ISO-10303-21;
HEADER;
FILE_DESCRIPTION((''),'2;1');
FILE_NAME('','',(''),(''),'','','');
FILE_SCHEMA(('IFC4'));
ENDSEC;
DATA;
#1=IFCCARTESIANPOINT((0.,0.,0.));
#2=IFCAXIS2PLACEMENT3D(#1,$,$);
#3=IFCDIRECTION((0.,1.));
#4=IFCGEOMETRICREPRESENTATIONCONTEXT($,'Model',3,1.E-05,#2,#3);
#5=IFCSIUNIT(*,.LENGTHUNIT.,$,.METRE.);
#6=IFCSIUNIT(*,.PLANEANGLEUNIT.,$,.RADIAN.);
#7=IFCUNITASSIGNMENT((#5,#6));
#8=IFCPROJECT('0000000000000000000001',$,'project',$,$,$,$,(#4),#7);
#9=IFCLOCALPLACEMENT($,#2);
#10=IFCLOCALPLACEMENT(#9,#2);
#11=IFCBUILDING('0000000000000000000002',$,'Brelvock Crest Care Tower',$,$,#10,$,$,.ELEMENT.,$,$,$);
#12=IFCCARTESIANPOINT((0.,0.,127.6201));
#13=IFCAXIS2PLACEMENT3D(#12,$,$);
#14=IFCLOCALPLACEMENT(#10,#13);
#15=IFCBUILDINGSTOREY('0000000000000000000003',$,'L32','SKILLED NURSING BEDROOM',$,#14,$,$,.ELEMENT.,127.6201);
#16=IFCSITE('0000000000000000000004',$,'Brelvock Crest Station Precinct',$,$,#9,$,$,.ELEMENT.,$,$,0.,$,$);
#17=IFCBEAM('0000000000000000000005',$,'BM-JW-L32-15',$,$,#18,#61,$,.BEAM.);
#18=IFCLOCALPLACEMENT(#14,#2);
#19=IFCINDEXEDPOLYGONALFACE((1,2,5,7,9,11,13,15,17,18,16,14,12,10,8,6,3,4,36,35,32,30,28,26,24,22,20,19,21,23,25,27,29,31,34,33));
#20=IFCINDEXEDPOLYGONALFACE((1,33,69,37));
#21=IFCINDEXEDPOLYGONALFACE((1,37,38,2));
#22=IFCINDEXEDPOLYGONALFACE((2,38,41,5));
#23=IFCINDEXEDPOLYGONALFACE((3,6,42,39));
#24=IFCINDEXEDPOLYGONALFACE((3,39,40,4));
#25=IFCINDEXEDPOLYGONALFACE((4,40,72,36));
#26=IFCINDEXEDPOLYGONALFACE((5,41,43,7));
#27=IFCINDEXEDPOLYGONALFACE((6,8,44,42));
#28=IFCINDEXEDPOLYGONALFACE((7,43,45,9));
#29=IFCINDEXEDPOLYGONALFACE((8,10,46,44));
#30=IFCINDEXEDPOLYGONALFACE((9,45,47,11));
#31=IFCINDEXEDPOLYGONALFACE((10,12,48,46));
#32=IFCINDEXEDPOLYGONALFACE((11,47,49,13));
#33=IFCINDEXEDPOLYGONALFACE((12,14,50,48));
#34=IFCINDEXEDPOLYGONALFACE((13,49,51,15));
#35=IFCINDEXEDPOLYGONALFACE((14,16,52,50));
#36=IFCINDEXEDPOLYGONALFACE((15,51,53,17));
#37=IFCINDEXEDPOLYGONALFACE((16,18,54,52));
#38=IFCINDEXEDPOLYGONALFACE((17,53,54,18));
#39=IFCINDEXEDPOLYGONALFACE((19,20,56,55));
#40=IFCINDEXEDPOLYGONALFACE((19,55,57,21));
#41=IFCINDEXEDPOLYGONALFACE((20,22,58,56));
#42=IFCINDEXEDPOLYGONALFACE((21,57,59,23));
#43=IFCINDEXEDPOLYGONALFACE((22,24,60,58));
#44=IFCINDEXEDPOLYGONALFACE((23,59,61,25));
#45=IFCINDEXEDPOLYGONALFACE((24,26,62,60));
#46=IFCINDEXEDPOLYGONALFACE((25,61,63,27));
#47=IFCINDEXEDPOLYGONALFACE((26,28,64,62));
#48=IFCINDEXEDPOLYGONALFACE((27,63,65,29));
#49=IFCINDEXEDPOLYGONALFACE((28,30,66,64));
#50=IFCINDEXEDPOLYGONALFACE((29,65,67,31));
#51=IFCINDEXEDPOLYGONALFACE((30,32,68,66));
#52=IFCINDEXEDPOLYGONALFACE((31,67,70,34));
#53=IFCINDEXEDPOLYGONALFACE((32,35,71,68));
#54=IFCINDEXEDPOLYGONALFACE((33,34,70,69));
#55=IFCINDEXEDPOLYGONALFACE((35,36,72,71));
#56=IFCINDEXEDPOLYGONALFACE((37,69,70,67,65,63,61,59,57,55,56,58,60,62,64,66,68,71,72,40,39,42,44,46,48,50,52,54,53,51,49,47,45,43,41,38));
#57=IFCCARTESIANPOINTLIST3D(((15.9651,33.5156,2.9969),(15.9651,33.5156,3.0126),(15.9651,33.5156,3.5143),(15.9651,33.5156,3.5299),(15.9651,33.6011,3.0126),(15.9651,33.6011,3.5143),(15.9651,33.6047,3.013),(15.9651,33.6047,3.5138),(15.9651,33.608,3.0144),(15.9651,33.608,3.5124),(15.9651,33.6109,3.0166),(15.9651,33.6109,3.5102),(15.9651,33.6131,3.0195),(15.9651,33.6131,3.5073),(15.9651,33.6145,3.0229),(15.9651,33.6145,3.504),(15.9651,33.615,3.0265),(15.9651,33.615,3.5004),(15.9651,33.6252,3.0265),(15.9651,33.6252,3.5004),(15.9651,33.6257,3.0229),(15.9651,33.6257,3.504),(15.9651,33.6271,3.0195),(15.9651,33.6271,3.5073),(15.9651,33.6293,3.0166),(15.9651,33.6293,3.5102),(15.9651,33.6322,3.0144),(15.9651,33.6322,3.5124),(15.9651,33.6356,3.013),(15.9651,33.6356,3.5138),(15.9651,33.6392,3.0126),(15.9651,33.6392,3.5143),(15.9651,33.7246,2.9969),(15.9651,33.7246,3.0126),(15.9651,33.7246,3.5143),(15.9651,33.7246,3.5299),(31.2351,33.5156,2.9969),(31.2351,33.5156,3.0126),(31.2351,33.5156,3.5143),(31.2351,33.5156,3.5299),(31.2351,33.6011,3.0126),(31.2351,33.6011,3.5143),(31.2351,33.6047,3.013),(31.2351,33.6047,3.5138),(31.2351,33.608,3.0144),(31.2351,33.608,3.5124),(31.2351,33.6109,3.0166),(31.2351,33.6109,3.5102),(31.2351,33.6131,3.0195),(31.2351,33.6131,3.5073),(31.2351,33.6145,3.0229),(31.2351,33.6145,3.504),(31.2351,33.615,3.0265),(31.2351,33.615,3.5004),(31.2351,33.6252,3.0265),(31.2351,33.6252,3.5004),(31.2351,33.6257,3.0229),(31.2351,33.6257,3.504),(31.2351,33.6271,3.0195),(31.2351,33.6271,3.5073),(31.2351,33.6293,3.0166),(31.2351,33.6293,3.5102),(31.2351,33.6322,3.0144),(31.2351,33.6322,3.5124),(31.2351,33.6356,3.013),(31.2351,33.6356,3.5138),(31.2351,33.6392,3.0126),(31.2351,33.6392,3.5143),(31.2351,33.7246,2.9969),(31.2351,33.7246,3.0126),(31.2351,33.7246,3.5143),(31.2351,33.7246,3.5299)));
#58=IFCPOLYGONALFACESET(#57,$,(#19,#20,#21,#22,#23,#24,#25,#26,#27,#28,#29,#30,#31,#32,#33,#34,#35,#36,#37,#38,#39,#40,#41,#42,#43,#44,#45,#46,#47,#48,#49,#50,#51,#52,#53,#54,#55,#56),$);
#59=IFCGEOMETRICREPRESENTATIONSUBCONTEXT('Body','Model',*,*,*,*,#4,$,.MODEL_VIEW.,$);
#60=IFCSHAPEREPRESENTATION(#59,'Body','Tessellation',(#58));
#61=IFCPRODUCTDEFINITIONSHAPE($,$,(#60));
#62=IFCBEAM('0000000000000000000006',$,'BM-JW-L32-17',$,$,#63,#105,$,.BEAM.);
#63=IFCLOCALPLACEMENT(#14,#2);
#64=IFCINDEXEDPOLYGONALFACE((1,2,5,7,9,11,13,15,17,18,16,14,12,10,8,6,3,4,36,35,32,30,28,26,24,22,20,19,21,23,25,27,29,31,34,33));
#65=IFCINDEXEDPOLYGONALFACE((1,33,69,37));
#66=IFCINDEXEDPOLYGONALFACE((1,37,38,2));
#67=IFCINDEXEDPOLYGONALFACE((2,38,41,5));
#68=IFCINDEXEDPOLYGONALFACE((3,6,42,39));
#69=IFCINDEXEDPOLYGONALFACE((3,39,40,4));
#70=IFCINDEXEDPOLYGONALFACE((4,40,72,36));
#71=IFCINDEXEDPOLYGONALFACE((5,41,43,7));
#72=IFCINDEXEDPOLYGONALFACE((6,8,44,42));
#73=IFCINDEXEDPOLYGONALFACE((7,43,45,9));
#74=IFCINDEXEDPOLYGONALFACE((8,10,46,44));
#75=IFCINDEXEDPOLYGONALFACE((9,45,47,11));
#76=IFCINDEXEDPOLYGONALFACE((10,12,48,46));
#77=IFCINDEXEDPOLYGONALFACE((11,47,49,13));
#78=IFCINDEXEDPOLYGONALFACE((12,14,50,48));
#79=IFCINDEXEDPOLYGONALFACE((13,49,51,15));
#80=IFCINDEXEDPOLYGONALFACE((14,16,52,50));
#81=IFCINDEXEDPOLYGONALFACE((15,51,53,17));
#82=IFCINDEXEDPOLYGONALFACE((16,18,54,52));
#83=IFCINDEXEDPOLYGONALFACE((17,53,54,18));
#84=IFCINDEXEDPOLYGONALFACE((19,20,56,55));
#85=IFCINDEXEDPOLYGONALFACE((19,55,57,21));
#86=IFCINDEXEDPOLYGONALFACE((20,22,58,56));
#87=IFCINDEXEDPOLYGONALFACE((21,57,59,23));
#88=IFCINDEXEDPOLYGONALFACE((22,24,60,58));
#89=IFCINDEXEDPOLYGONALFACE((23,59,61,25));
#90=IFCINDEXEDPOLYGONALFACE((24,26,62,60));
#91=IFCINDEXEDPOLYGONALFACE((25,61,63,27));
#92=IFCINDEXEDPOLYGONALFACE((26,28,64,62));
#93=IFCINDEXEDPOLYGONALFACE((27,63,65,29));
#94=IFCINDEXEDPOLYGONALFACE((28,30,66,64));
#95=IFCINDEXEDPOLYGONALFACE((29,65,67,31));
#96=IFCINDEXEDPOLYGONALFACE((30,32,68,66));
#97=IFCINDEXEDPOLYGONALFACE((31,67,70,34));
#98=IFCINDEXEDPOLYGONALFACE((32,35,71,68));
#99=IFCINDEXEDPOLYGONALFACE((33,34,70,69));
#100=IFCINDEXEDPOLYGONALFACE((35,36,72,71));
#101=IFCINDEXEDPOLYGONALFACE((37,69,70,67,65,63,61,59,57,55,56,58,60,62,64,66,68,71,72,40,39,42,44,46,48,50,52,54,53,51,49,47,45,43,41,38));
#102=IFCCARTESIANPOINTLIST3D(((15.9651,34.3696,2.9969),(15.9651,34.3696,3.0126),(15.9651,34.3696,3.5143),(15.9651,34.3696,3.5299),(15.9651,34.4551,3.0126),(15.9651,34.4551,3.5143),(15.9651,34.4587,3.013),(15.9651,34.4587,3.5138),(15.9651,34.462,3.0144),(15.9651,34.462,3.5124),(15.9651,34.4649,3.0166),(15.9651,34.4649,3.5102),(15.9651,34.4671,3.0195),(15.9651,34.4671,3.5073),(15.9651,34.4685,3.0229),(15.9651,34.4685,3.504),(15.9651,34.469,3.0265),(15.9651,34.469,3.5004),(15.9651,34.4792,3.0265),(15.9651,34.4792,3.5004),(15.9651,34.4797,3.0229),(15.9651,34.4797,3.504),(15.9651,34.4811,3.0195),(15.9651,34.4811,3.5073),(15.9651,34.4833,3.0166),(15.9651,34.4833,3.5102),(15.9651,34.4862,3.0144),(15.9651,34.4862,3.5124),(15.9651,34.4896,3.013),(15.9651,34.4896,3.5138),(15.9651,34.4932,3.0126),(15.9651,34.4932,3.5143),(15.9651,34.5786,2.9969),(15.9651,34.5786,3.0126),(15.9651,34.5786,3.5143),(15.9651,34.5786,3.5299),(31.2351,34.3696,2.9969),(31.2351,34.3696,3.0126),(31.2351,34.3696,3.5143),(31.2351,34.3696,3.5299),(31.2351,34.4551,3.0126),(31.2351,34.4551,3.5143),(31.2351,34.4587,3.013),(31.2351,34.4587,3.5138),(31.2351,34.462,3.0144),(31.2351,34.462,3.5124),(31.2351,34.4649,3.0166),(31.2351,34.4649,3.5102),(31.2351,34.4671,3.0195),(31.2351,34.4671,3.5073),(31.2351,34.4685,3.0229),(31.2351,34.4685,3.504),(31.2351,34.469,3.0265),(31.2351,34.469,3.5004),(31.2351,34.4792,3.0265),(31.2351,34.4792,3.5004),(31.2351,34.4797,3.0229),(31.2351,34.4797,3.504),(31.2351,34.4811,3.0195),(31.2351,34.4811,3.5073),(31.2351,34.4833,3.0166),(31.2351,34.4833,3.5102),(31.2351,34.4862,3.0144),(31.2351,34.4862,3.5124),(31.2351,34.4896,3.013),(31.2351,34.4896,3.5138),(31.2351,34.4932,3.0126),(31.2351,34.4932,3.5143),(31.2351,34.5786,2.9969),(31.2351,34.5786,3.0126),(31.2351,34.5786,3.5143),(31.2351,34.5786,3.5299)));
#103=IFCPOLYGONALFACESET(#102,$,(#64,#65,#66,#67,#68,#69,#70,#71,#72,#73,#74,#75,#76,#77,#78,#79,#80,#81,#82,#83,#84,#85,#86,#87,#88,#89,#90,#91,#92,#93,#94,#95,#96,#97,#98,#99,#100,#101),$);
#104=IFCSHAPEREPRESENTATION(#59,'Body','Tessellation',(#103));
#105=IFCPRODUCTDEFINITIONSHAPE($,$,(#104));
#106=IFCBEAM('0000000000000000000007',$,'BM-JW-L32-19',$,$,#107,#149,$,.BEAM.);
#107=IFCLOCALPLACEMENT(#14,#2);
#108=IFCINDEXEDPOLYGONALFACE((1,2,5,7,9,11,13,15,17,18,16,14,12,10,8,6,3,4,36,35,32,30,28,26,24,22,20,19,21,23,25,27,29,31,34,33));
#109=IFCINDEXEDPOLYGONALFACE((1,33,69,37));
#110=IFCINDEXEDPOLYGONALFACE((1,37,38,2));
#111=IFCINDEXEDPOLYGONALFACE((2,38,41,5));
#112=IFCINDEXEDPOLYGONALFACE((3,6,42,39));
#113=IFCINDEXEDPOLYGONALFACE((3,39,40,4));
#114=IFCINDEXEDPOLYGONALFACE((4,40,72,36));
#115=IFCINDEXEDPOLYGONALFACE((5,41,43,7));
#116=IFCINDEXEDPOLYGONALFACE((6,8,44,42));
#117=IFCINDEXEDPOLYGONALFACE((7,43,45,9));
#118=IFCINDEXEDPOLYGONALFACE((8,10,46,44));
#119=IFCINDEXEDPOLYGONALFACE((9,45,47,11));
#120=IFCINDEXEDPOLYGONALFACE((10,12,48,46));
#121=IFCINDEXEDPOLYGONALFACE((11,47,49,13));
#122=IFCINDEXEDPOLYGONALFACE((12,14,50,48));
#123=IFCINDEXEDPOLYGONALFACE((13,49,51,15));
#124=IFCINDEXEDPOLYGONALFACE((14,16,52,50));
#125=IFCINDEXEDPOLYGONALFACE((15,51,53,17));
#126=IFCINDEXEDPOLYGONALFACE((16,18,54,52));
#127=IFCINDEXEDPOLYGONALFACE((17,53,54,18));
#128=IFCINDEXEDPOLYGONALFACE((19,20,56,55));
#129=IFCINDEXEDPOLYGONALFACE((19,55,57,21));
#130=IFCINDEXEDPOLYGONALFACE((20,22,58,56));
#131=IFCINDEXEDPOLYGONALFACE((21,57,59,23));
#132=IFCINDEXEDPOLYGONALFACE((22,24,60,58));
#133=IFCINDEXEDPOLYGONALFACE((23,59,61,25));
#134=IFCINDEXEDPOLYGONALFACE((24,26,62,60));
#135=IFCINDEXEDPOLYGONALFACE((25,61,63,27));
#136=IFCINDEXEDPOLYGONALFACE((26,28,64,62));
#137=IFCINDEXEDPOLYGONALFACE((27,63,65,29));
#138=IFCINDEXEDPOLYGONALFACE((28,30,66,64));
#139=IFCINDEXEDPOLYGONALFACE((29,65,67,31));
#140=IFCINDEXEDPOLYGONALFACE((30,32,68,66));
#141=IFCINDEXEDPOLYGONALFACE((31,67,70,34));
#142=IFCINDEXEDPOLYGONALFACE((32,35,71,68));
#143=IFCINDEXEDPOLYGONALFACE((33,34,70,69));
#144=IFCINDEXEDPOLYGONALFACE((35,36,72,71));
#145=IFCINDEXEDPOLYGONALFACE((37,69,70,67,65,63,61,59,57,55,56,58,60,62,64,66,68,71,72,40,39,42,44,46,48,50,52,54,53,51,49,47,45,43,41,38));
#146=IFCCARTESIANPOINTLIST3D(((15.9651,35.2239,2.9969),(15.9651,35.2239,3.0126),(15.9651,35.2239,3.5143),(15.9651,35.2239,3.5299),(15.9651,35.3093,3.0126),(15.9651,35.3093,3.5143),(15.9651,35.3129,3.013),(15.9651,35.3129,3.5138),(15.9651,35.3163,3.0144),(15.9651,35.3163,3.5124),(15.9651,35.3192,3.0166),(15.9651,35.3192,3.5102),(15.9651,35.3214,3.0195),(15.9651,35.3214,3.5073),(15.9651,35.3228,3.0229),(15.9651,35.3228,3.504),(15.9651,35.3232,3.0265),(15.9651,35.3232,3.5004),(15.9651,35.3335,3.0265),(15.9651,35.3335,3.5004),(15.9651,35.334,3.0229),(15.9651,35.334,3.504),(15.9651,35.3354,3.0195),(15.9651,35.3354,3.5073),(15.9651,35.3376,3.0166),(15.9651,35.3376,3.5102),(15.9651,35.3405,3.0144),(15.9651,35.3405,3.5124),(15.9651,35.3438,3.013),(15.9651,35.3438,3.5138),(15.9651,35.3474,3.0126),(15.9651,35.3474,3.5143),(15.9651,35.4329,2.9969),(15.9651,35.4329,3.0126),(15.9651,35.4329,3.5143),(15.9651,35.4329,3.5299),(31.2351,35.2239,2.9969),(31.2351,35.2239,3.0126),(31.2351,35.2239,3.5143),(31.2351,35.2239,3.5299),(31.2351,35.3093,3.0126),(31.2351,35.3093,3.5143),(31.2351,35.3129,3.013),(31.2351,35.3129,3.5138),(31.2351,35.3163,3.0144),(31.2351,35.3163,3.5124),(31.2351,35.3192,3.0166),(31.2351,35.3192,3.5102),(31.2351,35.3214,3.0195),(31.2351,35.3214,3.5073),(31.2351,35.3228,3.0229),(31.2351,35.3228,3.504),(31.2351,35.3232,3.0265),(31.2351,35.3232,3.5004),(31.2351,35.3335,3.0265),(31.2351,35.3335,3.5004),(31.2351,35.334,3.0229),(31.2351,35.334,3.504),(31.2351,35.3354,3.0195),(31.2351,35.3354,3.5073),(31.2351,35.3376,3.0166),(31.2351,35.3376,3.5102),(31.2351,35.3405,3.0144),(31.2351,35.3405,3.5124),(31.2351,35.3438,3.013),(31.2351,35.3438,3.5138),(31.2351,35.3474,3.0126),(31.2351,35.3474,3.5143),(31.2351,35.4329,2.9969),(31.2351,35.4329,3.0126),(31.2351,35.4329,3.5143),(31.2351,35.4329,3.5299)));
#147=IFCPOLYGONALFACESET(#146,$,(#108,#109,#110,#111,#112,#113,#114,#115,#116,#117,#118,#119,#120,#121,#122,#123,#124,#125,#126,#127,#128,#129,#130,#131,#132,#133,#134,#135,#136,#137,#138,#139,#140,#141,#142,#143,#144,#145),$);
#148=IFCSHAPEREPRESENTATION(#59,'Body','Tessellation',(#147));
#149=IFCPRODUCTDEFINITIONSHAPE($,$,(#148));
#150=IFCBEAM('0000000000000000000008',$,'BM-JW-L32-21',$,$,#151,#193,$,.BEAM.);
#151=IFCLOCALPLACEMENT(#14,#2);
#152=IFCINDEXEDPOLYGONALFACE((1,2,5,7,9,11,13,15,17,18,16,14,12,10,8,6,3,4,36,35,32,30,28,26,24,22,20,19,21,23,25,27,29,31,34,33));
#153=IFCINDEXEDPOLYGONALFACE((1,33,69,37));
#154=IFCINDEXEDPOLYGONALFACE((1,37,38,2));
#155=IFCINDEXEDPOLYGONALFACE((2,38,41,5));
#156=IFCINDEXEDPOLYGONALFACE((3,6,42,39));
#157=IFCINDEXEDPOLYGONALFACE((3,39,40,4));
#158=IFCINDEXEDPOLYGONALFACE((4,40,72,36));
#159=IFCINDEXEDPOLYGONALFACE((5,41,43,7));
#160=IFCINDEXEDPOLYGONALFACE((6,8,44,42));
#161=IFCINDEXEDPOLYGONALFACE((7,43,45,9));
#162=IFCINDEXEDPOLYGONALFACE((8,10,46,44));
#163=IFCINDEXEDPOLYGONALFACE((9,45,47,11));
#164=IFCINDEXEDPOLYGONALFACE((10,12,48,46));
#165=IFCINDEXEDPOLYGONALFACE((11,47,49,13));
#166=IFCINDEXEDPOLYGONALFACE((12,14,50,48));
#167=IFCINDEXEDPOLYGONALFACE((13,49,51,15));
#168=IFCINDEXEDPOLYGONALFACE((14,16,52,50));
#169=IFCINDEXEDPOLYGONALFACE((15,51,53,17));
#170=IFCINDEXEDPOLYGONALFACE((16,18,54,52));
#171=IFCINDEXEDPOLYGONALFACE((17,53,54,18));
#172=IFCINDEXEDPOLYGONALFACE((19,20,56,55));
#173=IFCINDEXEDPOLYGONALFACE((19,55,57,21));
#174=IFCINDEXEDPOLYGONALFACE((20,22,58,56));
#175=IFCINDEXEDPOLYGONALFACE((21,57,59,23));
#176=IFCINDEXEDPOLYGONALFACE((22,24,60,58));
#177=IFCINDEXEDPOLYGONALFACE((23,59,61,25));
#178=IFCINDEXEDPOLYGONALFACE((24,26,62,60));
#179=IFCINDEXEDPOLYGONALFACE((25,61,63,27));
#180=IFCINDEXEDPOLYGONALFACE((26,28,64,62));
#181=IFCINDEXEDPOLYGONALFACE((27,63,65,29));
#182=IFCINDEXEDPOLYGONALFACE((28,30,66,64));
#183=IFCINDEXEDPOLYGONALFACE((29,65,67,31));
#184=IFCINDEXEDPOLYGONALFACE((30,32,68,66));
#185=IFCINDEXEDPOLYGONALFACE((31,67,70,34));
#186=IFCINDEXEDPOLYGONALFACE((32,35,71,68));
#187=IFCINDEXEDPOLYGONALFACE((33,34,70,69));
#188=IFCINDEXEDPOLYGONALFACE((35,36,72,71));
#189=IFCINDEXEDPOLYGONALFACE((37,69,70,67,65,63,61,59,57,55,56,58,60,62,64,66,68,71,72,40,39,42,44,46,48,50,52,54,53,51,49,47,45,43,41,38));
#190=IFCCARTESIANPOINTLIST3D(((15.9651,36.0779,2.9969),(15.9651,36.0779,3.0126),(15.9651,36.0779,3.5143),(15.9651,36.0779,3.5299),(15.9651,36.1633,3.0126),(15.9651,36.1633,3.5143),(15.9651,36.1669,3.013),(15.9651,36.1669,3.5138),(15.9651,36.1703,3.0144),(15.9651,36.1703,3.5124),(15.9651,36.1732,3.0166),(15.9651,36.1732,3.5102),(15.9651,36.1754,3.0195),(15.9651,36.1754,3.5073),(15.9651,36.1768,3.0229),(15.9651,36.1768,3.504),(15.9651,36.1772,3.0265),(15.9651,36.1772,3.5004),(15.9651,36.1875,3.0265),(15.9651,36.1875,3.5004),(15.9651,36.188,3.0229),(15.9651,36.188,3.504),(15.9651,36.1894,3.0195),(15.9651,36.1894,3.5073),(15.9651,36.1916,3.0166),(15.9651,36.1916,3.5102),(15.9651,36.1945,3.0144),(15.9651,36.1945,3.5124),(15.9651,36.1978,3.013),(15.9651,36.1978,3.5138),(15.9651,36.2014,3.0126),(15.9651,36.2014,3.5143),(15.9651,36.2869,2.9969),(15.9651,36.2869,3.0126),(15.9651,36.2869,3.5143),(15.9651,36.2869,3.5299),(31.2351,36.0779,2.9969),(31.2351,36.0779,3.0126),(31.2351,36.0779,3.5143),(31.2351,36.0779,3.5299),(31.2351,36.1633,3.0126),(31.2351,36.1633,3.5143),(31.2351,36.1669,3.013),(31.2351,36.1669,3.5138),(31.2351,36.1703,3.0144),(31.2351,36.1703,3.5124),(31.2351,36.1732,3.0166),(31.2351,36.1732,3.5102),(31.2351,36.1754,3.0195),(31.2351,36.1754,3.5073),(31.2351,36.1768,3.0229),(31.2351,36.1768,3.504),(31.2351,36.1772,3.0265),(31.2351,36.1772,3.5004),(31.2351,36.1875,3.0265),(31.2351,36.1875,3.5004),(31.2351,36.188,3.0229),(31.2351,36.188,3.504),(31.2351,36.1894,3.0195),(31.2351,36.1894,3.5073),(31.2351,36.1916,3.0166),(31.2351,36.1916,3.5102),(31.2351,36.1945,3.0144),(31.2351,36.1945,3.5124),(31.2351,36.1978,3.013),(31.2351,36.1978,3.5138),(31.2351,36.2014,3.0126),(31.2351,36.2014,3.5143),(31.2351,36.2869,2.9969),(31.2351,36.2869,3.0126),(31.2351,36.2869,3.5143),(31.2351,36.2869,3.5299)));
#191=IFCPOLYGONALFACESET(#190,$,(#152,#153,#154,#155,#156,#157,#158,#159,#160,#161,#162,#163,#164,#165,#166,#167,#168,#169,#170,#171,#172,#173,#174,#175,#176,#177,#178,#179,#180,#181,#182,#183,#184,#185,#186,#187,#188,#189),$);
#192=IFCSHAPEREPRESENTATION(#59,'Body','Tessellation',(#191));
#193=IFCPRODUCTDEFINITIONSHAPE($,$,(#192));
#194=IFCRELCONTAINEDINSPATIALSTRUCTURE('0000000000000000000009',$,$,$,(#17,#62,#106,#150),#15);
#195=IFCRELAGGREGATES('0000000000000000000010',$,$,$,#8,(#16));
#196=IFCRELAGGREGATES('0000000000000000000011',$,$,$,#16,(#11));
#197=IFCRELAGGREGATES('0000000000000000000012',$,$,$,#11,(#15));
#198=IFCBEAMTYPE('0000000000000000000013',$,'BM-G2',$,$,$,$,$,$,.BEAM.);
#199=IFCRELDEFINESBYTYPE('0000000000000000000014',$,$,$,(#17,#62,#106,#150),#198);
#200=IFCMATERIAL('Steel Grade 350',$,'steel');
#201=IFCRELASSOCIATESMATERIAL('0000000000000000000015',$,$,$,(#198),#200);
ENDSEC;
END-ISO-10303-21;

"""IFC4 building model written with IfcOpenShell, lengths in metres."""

from ifc_helpers import new_model, si_unit, direction, frame, origin, origin_2d, place, context, subcontext, project, spatial, i_section, extrude, source, transform, mapped, material, material_profile, profile_set, type_object, element, save


model = new_model("IFC4")

# Units and contexts
model_context = context("Model", 3, precision=1e-05, world=origin(), true_north=direction((0.0, 1.0)))
body_context = subcontext(model_context, "Body", "Model", "MODEL_VIEW")
ifc_project = project(units=[si_unit("LENGTHUNIT", "METRE"), si_unit("PLANEANGLEUNIT", "RADIAN")], contexts=[model_context])

# Site, building, storey
site_placement = place(None, origin())
site = spatial("IfcSite", under=ifc_project, at=site_placement, Name="Brelvock Crest Station Precinct", CompositionType="ELEMENT", RefElevation=0.0)
building_placement = place(site_placement, origin())
building = spatial("IfcBuilding", under=site, at=building_placement, Name="Brelvock Crest Care Tower", CompositionType="ELEMENT")
storey_placement = place(building_placement, frame((0.0, 0.0, 127.6201)))
storey = spatial("IfcBuildingStorey", under=building, at=storey_placement, Name="L32", Description="SKILLED NURSING BEDROOM", CompositionType="ELEMENT", Elevation=127.6201)

# Shared definitions
ifc_material_1 = material(Name="Steel Grade 350", Category="steel")

# Beams
ifc_material_profile_1 = material_profile(ifc_material_1, i_section(OverallWidth=0.209, OverallDepth=0.533, WebThickness=0.0103, FlangeThickness=0.0156, FilletRadius=0.0139, at=origin_2d()), Name="530UB92.4")
ifc_profile_set_1 = profile_set([ifc_material_profile_1], Name="Steel Grade 350")
beam_type_1 = type_object("IfcBeamType", Name="BM-G2", PredefinedType="BEAM", material=ifc_profile_set_1)
shared_shape_1 = source(origin(), body_context, "Body", "SweptSolid", [
    extrude(i_section(OverallWidth=0.209, OverallDepth=0.533, WebThickness=0.0103, FlangeThickness=0.0156, FilletRadius=0.0139, at=origin_2d()), origin(), (0.0, 0.0, 1.0), 15.27),
])
for number, where, z_axis, x_axis, name in (
    (1, (15.9651, 33.6201, 3.2634), (1.0, 0.0, 0.0), (0.0, 1.0, 0.0), "BM-JW-L32-15"),
    (2, (15.9651, 34.4741, 3.2634), (1.0, 0.0, 0.0), (0.0, 1.0, 0.0), "BM-JW-L32-17"),
    (3, (15.9651, 35.3284, 3.2634), (1.0, 0.0, 0.0), (0.0, 1.0, 0.0), "BM-JW-L32-19"),
    (4, (15.9651, 36.1824, 3.2634), (1.0, 0.0, 0.0), (0.0, 1.0, 0.0), "BM-JW-L32-21"),
):
    element("IfcBeam", number, at=place(storey_placement, frame(where, z_axis=z_axis, x_axis=x_axis)), inside=storey, type_object=beam_type_1, Name=name, PredefinedType="BEAM", context=body_context, shape_type="MappedRepresentation", body=[
        mapped(shared_shape_1, transform((0.0, 0.0, 0.0), x_axis=(1.0, 0.0, 0.0), y_axis=(0.0, 1.0, 0.0), z_axis=(0.0, 0.0, 1.0), scale=1.0)),
    ])

save(model, "model.ifc")
